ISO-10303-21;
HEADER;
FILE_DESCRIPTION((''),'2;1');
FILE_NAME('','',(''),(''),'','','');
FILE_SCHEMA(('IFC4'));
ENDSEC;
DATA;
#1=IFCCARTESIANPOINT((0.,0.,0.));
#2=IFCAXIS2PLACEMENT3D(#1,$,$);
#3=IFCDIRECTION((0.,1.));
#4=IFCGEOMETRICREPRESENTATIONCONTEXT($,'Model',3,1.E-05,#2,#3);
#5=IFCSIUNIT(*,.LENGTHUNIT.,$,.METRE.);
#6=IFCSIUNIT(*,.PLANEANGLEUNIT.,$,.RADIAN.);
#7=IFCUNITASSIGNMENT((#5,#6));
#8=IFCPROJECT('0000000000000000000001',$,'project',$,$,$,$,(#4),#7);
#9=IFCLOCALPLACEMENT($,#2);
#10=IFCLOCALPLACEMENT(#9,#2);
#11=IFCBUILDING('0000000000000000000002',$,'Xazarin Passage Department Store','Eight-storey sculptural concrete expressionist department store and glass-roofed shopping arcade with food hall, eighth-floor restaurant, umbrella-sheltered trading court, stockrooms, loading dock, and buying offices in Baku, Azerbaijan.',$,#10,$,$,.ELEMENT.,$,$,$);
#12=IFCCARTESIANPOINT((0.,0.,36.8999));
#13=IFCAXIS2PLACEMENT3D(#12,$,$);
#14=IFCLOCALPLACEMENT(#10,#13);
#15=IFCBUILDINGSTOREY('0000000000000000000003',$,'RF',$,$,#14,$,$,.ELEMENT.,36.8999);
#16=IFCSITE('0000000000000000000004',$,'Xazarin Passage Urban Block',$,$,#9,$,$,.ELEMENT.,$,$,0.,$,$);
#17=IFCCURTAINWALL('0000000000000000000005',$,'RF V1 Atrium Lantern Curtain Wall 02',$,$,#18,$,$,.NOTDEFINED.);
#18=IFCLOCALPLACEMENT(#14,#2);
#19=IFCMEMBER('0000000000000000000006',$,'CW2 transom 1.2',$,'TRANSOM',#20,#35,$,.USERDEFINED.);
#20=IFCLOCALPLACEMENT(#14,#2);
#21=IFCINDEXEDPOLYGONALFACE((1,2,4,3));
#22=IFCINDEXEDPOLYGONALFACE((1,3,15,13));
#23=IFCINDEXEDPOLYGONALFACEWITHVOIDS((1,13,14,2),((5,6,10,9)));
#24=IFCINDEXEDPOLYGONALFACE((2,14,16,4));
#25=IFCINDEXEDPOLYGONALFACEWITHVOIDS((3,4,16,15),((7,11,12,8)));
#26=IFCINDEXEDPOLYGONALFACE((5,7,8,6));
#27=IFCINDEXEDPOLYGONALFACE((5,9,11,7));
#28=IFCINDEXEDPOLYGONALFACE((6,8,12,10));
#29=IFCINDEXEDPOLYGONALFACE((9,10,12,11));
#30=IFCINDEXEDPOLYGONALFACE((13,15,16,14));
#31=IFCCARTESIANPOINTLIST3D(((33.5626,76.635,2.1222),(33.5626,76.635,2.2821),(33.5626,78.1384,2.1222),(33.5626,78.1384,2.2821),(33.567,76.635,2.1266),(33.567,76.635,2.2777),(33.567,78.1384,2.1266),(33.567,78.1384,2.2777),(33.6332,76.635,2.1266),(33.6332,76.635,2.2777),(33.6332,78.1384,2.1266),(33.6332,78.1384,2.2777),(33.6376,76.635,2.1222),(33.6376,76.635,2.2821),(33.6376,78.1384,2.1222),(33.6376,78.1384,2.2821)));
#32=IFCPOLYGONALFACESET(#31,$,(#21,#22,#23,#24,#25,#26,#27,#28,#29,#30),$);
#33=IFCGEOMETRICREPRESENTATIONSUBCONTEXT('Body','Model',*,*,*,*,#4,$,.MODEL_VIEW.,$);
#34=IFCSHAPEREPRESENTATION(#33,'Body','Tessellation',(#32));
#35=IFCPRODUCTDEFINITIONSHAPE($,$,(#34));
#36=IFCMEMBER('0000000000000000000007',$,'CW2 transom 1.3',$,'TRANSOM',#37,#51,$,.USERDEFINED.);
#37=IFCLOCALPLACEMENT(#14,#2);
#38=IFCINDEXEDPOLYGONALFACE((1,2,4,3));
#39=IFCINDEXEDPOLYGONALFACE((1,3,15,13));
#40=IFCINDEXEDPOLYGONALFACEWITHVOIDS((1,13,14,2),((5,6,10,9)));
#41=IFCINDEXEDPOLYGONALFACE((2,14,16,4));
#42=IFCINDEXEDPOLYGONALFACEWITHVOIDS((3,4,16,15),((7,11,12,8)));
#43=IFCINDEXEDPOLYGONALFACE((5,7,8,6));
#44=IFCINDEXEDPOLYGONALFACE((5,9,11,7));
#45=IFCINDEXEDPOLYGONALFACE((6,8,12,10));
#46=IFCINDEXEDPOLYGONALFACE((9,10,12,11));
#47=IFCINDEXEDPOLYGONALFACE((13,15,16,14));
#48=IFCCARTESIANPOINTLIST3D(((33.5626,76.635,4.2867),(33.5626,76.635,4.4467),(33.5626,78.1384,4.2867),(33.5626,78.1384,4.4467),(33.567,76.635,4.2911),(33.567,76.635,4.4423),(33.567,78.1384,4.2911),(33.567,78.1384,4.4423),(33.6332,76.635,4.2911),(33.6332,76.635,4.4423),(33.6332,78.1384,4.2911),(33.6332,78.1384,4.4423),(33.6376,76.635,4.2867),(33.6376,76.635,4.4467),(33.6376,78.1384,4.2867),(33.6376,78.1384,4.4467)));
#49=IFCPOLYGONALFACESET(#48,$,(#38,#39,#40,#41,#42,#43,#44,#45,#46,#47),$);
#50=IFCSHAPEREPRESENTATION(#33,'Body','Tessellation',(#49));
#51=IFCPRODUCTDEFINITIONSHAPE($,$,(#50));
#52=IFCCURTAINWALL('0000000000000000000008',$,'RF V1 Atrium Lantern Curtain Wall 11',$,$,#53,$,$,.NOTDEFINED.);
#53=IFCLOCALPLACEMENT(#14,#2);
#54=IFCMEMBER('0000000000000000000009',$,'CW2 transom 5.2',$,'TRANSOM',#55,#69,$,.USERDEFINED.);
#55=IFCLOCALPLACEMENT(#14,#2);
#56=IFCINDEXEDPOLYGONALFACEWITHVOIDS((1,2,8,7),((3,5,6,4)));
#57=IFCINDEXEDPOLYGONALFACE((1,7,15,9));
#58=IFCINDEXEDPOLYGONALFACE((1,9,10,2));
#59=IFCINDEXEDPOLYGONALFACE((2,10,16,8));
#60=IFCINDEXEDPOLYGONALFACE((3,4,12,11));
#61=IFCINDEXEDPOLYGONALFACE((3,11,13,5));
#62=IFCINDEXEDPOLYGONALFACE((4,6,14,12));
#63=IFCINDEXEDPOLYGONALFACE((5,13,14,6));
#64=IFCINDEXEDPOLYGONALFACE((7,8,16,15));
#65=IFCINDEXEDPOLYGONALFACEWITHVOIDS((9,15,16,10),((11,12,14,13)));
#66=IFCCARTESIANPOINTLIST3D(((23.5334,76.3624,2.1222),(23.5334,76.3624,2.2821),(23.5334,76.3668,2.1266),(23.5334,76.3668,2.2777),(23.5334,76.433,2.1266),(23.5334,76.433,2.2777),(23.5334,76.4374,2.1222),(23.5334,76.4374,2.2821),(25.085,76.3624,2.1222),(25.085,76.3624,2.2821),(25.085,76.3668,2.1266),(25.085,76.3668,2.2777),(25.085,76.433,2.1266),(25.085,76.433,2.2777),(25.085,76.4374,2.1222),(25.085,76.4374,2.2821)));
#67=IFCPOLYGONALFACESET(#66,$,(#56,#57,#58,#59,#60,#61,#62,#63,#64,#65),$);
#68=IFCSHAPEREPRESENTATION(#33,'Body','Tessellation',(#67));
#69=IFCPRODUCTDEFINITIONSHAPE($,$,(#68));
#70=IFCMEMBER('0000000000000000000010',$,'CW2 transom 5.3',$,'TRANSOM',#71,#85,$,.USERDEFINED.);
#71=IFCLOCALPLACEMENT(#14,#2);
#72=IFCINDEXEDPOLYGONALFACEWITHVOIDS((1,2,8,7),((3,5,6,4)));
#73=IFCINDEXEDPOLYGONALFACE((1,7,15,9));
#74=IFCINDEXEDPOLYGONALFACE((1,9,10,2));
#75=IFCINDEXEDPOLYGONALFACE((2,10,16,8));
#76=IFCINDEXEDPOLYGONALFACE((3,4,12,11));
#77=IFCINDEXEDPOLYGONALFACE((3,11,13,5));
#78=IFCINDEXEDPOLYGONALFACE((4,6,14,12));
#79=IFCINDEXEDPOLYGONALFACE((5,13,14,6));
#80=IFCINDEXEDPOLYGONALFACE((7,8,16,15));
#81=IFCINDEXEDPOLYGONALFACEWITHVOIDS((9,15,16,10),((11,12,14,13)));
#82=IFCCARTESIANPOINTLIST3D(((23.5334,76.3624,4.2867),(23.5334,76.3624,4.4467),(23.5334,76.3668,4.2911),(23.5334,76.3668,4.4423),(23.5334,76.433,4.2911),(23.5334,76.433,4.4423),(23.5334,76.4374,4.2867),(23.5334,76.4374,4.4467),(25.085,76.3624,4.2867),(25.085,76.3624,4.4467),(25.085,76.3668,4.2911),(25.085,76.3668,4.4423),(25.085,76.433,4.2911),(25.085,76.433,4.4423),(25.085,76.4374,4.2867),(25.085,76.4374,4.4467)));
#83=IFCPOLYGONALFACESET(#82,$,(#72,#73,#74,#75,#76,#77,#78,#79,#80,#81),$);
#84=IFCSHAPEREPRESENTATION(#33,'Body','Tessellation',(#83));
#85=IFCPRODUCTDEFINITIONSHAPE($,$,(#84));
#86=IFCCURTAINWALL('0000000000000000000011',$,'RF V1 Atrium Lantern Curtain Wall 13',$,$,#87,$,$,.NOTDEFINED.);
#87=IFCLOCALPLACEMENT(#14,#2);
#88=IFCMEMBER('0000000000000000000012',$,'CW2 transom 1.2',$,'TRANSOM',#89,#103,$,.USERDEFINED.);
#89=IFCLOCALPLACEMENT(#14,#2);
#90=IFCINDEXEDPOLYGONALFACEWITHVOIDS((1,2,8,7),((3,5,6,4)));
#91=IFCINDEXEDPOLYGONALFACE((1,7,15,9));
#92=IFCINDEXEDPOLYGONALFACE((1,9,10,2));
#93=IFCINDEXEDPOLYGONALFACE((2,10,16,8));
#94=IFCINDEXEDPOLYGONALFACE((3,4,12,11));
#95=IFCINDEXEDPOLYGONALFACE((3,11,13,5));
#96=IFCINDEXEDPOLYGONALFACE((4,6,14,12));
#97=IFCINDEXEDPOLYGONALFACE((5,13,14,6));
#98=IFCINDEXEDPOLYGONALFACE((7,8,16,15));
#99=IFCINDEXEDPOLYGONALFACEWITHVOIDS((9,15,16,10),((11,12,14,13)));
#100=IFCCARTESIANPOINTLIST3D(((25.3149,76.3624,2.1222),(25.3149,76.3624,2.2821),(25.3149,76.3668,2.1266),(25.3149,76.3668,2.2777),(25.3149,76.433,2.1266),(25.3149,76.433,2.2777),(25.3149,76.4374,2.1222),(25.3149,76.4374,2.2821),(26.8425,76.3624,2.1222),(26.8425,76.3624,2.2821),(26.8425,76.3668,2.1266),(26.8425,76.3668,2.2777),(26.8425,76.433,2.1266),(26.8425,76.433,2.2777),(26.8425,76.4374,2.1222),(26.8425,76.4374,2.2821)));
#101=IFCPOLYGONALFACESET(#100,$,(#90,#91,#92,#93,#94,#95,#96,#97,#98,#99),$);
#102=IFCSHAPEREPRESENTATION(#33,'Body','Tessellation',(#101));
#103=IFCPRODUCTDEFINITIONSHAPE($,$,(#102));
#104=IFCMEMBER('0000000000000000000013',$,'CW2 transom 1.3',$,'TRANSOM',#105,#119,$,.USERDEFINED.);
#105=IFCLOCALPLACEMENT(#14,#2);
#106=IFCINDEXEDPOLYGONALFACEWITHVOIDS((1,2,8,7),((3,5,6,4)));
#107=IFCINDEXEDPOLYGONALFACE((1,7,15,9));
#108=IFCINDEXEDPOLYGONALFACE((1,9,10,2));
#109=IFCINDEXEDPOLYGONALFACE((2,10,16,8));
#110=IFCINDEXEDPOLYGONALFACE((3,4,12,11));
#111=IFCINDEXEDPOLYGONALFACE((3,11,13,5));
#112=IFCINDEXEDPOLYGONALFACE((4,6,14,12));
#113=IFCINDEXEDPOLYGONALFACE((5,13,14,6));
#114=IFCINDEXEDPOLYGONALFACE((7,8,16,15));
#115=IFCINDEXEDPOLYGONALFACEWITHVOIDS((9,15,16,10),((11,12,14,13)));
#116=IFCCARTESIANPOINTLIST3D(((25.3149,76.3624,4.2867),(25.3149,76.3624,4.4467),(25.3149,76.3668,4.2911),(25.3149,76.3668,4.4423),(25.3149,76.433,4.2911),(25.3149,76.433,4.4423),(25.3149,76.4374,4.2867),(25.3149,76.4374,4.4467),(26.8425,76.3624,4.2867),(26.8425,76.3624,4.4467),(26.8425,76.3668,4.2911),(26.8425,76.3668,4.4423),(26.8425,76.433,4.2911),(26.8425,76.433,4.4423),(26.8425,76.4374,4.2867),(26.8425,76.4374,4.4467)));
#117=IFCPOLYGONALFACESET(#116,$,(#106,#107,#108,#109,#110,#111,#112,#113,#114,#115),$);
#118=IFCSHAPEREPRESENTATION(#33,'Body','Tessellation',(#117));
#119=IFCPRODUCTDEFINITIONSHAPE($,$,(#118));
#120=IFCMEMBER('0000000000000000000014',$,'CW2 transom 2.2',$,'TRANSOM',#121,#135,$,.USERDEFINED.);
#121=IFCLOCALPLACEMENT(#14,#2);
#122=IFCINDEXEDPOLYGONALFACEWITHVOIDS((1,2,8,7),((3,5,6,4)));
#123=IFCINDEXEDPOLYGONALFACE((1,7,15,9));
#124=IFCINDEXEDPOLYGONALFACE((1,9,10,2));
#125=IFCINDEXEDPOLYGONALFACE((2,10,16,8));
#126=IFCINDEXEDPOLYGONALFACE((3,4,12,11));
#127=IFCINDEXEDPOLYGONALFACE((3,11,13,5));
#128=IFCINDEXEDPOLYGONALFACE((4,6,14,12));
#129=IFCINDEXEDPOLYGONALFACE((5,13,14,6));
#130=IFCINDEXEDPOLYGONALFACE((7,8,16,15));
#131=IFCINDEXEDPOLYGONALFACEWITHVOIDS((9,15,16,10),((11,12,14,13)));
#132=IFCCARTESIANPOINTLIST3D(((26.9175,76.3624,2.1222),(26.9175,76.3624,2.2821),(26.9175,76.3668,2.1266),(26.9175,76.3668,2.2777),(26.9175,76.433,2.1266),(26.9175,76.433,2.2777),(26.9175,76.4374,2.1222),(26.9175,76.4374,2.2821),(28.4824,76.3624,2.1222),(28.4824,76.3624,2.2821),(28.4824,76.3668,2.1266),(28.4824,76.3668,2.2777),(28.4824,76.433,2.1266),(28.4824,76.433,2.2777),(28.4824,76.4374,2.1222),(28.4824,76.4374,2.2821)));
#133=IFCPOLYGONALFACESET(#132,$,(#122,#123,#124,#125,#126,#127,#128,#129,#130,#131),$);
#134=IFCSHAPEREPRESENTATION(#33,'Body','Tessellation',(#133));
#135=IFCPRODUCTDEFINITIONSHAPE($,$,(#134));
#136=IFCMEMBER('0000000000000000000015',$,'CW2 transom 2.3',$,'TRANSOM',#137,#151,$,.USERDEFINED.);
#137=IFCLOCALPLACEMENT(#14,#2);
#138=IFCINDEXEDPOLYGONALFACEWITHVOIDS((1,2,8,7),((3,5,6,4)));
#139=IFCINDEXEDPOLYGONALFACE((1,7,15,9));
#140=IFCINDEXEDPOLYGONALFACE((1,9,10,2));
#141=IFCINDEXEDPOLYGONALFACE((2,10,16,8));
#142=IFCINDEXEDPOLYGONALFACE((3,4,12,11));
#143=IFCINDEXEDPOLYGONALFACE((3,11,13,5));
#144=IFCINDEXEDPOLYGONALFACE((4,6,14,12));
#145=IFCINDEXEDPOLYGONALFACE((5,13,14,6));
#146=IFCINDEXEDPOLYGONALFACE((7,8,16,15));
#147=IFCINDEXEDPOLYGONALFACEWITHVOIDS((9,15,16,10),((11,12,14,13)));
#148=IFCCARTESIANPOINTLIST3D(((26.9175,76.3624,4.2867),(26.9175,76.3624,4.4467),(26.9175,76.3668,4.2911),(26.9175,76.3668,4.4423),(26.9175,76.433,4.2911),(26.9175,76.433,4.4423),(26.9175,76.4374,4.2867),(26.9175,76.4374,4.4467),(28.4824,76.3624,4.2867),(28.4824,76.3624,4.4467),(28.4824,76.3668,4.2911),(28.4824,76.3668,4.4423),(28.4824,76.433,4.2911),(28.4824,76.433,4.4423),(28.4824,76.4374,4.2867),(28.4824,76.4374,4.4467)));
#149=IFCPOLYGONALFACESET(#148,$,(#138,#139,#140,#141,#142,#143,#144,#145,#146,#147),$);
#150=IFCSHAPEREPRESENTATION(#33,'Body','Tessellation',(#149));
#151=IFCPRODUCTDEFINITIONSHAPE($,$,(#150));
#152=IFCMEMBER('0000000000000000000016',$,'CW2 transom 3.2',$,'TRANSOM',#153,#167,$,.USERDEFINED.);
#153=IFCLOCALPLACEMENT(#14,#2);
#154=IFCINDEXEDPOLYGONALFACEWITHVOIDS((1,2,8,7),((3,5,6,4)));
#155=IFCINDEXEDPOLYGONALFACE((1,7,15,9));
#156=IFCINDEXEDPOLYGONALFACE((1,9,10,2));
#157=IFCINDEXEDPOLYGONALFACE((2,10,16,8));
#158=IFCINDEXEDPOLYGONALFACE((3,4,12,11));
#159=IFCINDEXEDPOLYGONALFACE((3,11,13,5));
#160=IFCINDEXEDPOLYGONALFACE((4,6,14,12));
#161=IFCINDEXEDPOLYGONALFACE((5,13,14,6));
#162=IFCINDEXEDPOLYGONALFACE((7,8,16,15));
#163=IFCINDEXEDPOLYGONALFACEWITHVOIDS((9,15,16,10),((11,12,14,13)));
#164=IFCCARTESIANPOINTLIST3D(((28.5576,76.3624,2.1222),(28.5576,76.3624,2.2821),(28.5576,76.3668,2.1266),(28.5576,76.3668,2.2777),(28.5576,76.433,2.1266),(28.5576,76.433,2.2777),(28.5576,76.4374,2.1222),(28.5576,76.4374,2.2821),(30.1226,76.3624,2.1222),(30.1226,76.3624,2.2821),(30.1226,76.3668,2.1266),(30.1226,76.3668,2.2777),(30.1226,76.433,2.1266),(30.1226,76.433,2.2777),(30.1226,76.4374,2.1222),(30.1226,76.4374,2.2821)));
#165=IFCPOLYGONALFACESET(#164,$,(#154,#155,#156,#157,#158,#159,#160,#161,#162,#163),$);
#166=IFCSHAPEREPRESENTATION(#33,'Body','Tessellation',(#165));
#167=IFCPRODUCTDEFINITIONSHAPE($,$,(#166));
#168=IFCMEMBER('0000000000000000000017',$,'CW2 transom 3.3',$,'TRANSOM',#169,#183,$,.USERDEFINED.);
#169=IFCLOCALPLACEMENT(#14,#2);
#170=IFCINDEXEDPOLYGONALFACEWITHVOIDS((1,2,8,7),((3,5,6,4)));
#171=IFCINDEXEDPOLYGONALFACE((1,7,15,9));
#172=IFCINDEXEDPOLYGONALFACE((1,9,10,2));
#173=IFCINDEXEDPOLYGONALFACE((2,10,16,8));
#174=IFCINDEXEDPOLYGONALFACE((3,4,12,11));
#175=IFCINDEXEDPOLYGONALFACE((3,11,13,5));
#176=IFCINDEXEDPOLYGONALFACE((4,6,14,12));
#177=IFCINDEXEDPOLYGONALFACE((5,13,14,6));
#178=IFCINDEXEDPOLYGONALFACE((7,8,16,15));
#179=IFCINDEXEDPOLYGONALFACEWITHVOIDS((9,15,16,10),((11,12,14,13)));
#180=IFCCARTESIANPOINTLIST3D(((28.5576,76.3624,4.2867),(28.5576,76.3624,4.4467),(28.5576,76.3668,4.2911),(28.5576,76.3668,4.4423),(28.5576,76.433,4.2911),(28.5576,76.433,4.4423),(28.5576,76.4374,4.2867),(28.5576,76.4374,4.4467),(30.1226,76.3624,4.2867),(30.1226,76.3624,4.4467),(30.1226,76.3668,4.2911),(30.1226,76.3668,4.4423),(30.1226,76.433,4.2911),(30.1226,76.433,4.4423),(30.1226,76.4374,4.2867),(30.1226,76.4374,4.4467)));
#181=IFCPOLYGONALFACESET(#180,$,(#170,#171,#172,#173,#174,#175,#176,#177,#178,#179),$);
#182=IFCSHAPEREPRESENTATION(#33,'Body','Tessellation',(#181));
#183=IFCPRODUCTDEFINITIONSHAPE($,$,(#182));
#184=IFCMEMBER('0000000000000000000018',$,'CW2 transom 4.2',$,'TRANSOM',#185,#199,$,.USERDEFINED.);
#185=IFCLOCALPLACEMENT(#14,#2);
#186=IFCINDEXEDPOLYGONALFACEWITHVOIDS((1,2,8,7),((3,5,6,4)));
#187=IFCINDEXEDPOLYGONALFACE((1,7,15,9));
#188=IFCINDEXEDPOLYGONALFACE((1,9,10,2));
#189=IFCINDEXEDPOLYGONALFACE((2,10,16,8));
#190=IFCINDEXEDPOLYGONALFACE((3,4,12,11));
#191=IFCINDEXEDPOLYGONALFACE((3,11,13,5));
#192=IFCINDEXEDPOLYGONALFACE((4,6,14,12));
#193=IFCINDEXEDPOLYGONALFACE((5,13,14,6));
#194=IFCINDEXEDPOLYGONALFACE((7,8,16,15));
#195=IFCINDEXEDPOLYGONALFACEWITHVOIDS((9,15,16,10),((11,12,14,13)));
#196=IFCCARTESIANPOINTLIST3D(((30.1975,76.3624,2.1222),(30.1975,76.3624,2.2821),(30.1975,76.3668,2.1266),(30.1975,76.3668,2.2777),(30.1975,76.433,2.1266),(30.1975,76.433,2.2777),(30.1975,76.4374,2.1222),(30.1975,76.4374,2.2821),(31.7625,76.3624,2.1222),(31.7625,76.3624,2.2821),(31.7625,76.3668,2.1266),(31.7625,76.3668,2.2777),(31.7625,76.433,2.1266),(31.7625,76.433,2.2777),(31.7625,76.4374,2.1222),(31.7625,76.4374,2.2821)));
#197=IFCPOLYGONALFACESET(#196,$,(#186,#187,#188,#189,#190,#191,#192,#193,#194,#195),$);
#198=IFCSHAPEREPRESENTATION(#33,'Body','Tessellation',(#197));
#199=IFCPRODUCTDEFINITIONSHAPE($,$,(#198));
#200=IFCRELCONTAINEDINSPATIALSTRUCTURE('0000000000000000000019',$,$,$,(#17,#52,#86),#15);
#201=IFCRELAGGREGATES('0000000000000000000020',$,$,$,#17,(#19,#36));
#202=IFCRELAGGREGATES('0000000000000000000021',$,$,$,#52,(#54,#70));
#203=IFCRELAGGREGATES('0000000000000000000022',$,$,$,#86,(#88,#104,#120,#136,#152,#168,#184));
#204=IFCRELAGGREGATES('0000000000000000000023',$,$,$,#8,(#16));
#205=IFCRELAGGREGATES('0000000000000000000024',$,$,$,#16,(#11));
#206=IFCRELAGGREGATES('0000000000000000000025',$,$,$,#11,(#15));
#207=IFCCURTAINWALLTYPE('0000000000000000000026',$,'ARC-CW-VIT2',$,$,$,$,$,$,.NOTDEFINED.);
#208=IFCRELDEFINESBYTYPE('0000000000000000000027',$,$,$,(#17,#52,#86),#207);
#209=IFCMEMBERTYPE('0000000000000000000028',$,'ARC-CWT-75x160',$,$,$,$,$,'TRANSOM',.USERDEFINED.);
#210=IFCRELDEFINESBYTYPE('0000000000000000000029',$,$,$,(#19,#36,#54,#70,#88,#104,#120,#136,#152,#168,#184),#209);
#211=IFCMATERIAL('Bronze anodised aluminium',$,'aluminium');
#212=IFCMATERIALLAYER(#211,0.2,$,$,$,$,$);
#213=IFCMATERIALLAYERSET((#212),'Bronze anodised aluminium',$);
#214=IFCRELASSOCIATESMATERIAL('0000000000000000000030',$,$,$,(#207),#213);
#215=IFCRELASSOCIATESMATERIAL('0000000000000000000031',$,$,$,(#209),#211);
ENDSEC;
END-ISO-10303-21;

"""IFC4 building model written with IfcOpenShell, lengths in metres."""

from ifc_helpers import new_model, si_unit, direction, frame, origin, origin_2d, place, context, subcontext, project, spatial, hollow_rectangle, extrude, material, layer, layer_set, material_profile, profile_set, type_object, element, aggregate, save


model = new_model("IFC4")

# Units and contexts
model_context = context("Model", 3, precision=1e-05, world=origin(), true_north=direction((0.0, 1.0)))
body_context = subcontext(model_context, "Body", "Model", "MODEL_VIEW")
ifc_project = project(units=[si_unit("LENGTHUNIT", "METRE"), si_unit("PLANEANGLEUNIT", "RADIAN")], contexts=[model_context])

# Site, building, storey
site_placement = place(None, origin())
site = spatial("IfcSite", under=ifc_project, at=site_placement, Name="Xazarin Passage Urban Block", CompositionType="ELEMENT", RefElevation=0.0)
building_placement = place(site_placement, origin())
building = spatial("IfcBuilding", under=site, at=building_placement, Name="Xazarin Passage Department Store", Description="Eight-storey sculptural concrete expressionist department store and glass-roofed shopping arcade with food hall, eighth-floor restaurant, umbrella-sheltered trading court, stockrooms, loading dock, and buying offices in Baku, Azerbaijan.", CompositionType="ELEMENT")
storey_placement = place(building_placement, frame((0.0, 0.0, 36.8999)))
storey = spatial("IfcBuildingStorey", under=building, at=storey_placement, Name="RF", CompositionType="ELEMENT", Elevation=36.8999)

# Curtain walls, members
ifc_material_1 = material(Name="Bronze anodised aluminium", Category="aluminium")
ifc_layer_1 = layer(ifc_material_1, 0.2)
ifc_layer_set_1 = layer_set([ifc_layer_1], Name="Bronze anodised aluminium")
curtain_wall_type = type_object("IfcCurtainWallType", Name="ARC-CW-VIT2", PredefinedType="NOTDEFINED", material=ifc_layer_set_1)
curtain_wall_1_placement = place(storey_placement, origin())
curtain_wall_1 = element("IfcCurtainWall", 1, at=curtain_wall_1_placement, inside=storey, type_object=curtain_wall_type, Name="RF V1 Atrium Lantern Curtain Wall 02", PredefinedType="NOTDEFINED")
ifc_material_profile_1 = material_profile(ifc_material_1, hollow_rectangle(XDim=0.075, YDim=0.1599, WallThickness=0.0044, at=origin_2d()), Name="ALU 75x160")
ifc_profile_set_1 = profile_set([ifc_material_profile_1], Name="Bronze anodised aluminium")
member_type_1 = type_object("IfcMemberType", Name="ARC-CWT-75x160", ElementType="TRANSOM", PredefinedType="USERDEFINED", material=ifc_profile_set_1)
member_1_placement = place(storey_placement, frame((33.6001, 76.635, 2.2021), z_axis=(0.0, 1.0, 0.0), x_axis=(-1.0, 0.0, 0.0)))
member_1 = element("IfcMember", 2, at=member_1_placement, type_object=member_type_1, Name="CW2 transom 1.2", ObjectType="TRANSOM", PredefinedType="USERDEFINED", context=body_context, shape_type="SweptSolid", body=[
    extrude(hollow_rectangle(XDim=0.075, YDim=0.1599, WallThickness=0.0044, at=origin_2d()), origin(), (0.0, 0.0, 1.0), 1.5034),
])
member_2_placement = place(storey_placement, frame((33.6001, 76.635, 4.3667), z_axis=(0.0, 1.0, 0.0), x_axis=(-1.0, 0.0, 0.0)))
member_2 = element("IfcMember", 3, at=member_2_placement, type_object=member_type_1, Name="CW2 transom 1.3", ObjectType="TRANSOM", PredefinedType="USERDEFINED", context=body_context, shape_type="SweptSolid", body=[
    extrude(hollow_rectangle(XDim=0.075, YDim=0.1599, WallThickness=0.0044, at=origin_2d()), origin(), (0.0, 0.0, 1.0), 1.5034),
])
curtain_wall_2_placement = place(storey_placement, origin())
curtain_wall_2 = element("IfcCurtainWall", 4, at=curtain_wall_2_placement, inside=storey, type_object=curtain_wall_type, Name="RF V1 Atrium Lantern Curtain Wall 11", PredefinedType="NOTDEFINED")
member_3_placement = place(storey_placement, frame((23.5334, 76.3999, 2.2021), z_axis=(1.0, 0.0, 0.0), x_axis=(0.0, 1.0, 0.0)))
member_3 = element("IfcMember", 5, at=member_3_placement, type_object=member_type_1, Name="CW2 transom 5.2", ObjectType="TRANSOM", PredefinedType="USERDEFINED", context=body_context, shape_type="SweptSolid", body=[
    extrude(hollow_rectangle(XDim=0.075, YDim=0.1599, WallThickness=0.0044, at=origin_2d()), origin(), (0.0, 0.0, 1.0), 1.5515),
])
member_4_placement = place(storey_placement, frame((23.5334, 76.3999, 4.3667), z_axis=(1.0, 0.0, 0.0), x_axis=(0.0, 1.0, 0.0)))
member_4 = element("IfcMember", 6, at=member_4_placement, type_object=member_type_1, Name="CW2 transom 5.3", ObjectType="TRANSOM", PredefinedType="USERDEFINED", context=body_context, shape_type="SweptSolid", body=[
    extrude(hollow_rectangle(XDim=0.075, YDim=0.1599, WallThickness=0.0044, at=origin_2d()), origin(), (0.0, 0.0, 1.0), 1.5515),
])
curtain_wall_3_placement = place(storey_placement, origin())
curtain_wall_3 = element("IfcCurtainWall", 7, at=curtain_wall_3_placement, inside=storey, type_object=curtain_wall_type, Name="RF V1 Atrium Lantern Curtain Wall 13", PredefinedType="NOTDEFINED")
member_5_placement = place(storey_placement, frame((25.3149, 76.3999, 2.2021), z_axis=(1.0, 0.0, 0.0), x_axis=(0.0, 1.0, 0.0)))
member_5 = element("IfcMember", 8, at=member_5_placement, type_object=member_type_1, Name="CW2 transom 1.2", ObjectType="TRANSOM", PredefinedType="USERDEFINED", context=body_context, shape_type="SweptSolid", body=[
    extrude(hollow_rectangle(XDim=0.075, YDim=0.1599, WallThickness=0.0044, at=origin_2d()), origin(), (0.0, 0.0, 1.0), 1.5276),
])
member_6_placement = place(storey_placement, frame((25.3149, 76.3999, 4.3667), z_axis=(1.0, 0.0, 0.0), x_axis=(0.0, 1.0, 0.0)))
member_6 = element("IfcMember", 9, at=member_6_placement, type_object=member_type_1, Name="CW2 transom 1.3", ObjectType="TRANSOM", PredefinedType="USERDEFINED", context=body_context, shape_type="SweptSolid", body=[
    extrude(hollow_rectangle(XDim=0.075, YDim=0.1599, WallThickness=0.0044, at=origin_2d()), origin(), (0.0, 0.0, 1.0), 1.5276),
])
member_7_placement = place(storey_placement, frame((26.9175, 76.3999, 2.2021), z_axis=(1.0, 0.0, 0.0), x_axis=(0.0, 1.0, 0.0)))
member_7 = element("IfcMember", 10, at=member_7_placement, type_object=member_type_1, Name="CW2 transom 2.2", ObjectType="TRANSOM", PredefinedType="USERDEFINED", context=body_context, shape_type="SweptSolid", body=[
    extrude(hollow_rectangle(XDim=0.075, YDim=0.1599, WallThickness=0.0044, at=origin_2d()), origin(), (0.0, 0.0, 1.0), 1.5649),
])
member_8_placement = place(storey_placement, frame((26.9175, 76.3999, 4.3667), z_axis=(1.0, 0.0, 0.0), x_axis=(0.0, 1.0, 0.0)))
member_8 = element("IfcMember", 11, at=member_8_placement, type_object=member_type_1, Name="CW2 transom 2.3", ObjectType="TRANSOM", PredefinedType="USERDEFINED", context=body_context, shape_type="SweptSolid", body=[
    extrude(hollow_rectangle(XDim=0.075, YDim=0.1599, WallThickness=0.0044, at=origin_2d()), origin(), (0.0, 0.0, 1.0), 1.5649),
])
member_9_placement = place(storey_placement, frame((28.5576, 76.3999, 2.2021), z_axis=(1.0, 0.0, 0.0), x_axis=(0.0, 1.0, 0.0)))
member_9 = element("IfcMember", 12, at=member_9_placement, type_object=member_type_1, Name="CW2 transom 3.2", ObjectType="TRANSOM", PredefinedType="USERDEFINED", context=body_context, shape_type="SweptSolid", body=[
    extrude(hollow_rectangle(XDim=0.075, YDim=0.1599, WallThickness=0.0044, at=origin_2d()), origin(), (0.0, 0.0, 1.0), 1.5649),
])
member_10_placement = place(storey_placement, frame((28.5576, 76.3999, 4.3667), z_axis=(1.0, 0.0, 0.0), x_axis=(0.0, 1.0, 0.0)))
member_10 = element("IfcMember", 13, at=member_10_placement, type_object=member_type_1, Name="CW2 transom 3.3", ObjectType="TRANSOM", PredefinedType="USERDEFINED", context=body_context, shape_type="SweptSolid", body=[
    extrude(hollow_rectangle(XDim=0.075, YDim=0.1599, WallThickness=0.0044, at=origin_2d()), origin(), (0.0, 0.0, 1.0), 1.5649),
])
member_11_placement = place(storey_placement, frame((30.1975, 76.3999, 2.2021), z_axis=(1.0, 0.0, 0.0), x_axis=(0.0, 1.0, 0.0)))
member_11 = element("IfcMember", 14, at=member_11_placement, type_object=member_type_1, Name="CW2 transom 4.2", ObjectType="TRANSOM", PredefinedType="USERDEFINED", context=body_context, shape_type="SweptSolid", body=[
    extrude(hollow_rectangle(XDim=0.075, YDim=0.1599, WallThickness=0.0044, at=origin_2d()), origin(), (0.0, 0.0, 1.0), 1.5649),
])

aggregate(curtain_wall_1, [member_1, member_2])
aggregate(curtain_wall_2, [member_3, member_4])
aggregate(curtain_wall_3, [member_5, member_6, member_7, member_8, member_9, member_10, member_11])

save(model, "model.ifc")
